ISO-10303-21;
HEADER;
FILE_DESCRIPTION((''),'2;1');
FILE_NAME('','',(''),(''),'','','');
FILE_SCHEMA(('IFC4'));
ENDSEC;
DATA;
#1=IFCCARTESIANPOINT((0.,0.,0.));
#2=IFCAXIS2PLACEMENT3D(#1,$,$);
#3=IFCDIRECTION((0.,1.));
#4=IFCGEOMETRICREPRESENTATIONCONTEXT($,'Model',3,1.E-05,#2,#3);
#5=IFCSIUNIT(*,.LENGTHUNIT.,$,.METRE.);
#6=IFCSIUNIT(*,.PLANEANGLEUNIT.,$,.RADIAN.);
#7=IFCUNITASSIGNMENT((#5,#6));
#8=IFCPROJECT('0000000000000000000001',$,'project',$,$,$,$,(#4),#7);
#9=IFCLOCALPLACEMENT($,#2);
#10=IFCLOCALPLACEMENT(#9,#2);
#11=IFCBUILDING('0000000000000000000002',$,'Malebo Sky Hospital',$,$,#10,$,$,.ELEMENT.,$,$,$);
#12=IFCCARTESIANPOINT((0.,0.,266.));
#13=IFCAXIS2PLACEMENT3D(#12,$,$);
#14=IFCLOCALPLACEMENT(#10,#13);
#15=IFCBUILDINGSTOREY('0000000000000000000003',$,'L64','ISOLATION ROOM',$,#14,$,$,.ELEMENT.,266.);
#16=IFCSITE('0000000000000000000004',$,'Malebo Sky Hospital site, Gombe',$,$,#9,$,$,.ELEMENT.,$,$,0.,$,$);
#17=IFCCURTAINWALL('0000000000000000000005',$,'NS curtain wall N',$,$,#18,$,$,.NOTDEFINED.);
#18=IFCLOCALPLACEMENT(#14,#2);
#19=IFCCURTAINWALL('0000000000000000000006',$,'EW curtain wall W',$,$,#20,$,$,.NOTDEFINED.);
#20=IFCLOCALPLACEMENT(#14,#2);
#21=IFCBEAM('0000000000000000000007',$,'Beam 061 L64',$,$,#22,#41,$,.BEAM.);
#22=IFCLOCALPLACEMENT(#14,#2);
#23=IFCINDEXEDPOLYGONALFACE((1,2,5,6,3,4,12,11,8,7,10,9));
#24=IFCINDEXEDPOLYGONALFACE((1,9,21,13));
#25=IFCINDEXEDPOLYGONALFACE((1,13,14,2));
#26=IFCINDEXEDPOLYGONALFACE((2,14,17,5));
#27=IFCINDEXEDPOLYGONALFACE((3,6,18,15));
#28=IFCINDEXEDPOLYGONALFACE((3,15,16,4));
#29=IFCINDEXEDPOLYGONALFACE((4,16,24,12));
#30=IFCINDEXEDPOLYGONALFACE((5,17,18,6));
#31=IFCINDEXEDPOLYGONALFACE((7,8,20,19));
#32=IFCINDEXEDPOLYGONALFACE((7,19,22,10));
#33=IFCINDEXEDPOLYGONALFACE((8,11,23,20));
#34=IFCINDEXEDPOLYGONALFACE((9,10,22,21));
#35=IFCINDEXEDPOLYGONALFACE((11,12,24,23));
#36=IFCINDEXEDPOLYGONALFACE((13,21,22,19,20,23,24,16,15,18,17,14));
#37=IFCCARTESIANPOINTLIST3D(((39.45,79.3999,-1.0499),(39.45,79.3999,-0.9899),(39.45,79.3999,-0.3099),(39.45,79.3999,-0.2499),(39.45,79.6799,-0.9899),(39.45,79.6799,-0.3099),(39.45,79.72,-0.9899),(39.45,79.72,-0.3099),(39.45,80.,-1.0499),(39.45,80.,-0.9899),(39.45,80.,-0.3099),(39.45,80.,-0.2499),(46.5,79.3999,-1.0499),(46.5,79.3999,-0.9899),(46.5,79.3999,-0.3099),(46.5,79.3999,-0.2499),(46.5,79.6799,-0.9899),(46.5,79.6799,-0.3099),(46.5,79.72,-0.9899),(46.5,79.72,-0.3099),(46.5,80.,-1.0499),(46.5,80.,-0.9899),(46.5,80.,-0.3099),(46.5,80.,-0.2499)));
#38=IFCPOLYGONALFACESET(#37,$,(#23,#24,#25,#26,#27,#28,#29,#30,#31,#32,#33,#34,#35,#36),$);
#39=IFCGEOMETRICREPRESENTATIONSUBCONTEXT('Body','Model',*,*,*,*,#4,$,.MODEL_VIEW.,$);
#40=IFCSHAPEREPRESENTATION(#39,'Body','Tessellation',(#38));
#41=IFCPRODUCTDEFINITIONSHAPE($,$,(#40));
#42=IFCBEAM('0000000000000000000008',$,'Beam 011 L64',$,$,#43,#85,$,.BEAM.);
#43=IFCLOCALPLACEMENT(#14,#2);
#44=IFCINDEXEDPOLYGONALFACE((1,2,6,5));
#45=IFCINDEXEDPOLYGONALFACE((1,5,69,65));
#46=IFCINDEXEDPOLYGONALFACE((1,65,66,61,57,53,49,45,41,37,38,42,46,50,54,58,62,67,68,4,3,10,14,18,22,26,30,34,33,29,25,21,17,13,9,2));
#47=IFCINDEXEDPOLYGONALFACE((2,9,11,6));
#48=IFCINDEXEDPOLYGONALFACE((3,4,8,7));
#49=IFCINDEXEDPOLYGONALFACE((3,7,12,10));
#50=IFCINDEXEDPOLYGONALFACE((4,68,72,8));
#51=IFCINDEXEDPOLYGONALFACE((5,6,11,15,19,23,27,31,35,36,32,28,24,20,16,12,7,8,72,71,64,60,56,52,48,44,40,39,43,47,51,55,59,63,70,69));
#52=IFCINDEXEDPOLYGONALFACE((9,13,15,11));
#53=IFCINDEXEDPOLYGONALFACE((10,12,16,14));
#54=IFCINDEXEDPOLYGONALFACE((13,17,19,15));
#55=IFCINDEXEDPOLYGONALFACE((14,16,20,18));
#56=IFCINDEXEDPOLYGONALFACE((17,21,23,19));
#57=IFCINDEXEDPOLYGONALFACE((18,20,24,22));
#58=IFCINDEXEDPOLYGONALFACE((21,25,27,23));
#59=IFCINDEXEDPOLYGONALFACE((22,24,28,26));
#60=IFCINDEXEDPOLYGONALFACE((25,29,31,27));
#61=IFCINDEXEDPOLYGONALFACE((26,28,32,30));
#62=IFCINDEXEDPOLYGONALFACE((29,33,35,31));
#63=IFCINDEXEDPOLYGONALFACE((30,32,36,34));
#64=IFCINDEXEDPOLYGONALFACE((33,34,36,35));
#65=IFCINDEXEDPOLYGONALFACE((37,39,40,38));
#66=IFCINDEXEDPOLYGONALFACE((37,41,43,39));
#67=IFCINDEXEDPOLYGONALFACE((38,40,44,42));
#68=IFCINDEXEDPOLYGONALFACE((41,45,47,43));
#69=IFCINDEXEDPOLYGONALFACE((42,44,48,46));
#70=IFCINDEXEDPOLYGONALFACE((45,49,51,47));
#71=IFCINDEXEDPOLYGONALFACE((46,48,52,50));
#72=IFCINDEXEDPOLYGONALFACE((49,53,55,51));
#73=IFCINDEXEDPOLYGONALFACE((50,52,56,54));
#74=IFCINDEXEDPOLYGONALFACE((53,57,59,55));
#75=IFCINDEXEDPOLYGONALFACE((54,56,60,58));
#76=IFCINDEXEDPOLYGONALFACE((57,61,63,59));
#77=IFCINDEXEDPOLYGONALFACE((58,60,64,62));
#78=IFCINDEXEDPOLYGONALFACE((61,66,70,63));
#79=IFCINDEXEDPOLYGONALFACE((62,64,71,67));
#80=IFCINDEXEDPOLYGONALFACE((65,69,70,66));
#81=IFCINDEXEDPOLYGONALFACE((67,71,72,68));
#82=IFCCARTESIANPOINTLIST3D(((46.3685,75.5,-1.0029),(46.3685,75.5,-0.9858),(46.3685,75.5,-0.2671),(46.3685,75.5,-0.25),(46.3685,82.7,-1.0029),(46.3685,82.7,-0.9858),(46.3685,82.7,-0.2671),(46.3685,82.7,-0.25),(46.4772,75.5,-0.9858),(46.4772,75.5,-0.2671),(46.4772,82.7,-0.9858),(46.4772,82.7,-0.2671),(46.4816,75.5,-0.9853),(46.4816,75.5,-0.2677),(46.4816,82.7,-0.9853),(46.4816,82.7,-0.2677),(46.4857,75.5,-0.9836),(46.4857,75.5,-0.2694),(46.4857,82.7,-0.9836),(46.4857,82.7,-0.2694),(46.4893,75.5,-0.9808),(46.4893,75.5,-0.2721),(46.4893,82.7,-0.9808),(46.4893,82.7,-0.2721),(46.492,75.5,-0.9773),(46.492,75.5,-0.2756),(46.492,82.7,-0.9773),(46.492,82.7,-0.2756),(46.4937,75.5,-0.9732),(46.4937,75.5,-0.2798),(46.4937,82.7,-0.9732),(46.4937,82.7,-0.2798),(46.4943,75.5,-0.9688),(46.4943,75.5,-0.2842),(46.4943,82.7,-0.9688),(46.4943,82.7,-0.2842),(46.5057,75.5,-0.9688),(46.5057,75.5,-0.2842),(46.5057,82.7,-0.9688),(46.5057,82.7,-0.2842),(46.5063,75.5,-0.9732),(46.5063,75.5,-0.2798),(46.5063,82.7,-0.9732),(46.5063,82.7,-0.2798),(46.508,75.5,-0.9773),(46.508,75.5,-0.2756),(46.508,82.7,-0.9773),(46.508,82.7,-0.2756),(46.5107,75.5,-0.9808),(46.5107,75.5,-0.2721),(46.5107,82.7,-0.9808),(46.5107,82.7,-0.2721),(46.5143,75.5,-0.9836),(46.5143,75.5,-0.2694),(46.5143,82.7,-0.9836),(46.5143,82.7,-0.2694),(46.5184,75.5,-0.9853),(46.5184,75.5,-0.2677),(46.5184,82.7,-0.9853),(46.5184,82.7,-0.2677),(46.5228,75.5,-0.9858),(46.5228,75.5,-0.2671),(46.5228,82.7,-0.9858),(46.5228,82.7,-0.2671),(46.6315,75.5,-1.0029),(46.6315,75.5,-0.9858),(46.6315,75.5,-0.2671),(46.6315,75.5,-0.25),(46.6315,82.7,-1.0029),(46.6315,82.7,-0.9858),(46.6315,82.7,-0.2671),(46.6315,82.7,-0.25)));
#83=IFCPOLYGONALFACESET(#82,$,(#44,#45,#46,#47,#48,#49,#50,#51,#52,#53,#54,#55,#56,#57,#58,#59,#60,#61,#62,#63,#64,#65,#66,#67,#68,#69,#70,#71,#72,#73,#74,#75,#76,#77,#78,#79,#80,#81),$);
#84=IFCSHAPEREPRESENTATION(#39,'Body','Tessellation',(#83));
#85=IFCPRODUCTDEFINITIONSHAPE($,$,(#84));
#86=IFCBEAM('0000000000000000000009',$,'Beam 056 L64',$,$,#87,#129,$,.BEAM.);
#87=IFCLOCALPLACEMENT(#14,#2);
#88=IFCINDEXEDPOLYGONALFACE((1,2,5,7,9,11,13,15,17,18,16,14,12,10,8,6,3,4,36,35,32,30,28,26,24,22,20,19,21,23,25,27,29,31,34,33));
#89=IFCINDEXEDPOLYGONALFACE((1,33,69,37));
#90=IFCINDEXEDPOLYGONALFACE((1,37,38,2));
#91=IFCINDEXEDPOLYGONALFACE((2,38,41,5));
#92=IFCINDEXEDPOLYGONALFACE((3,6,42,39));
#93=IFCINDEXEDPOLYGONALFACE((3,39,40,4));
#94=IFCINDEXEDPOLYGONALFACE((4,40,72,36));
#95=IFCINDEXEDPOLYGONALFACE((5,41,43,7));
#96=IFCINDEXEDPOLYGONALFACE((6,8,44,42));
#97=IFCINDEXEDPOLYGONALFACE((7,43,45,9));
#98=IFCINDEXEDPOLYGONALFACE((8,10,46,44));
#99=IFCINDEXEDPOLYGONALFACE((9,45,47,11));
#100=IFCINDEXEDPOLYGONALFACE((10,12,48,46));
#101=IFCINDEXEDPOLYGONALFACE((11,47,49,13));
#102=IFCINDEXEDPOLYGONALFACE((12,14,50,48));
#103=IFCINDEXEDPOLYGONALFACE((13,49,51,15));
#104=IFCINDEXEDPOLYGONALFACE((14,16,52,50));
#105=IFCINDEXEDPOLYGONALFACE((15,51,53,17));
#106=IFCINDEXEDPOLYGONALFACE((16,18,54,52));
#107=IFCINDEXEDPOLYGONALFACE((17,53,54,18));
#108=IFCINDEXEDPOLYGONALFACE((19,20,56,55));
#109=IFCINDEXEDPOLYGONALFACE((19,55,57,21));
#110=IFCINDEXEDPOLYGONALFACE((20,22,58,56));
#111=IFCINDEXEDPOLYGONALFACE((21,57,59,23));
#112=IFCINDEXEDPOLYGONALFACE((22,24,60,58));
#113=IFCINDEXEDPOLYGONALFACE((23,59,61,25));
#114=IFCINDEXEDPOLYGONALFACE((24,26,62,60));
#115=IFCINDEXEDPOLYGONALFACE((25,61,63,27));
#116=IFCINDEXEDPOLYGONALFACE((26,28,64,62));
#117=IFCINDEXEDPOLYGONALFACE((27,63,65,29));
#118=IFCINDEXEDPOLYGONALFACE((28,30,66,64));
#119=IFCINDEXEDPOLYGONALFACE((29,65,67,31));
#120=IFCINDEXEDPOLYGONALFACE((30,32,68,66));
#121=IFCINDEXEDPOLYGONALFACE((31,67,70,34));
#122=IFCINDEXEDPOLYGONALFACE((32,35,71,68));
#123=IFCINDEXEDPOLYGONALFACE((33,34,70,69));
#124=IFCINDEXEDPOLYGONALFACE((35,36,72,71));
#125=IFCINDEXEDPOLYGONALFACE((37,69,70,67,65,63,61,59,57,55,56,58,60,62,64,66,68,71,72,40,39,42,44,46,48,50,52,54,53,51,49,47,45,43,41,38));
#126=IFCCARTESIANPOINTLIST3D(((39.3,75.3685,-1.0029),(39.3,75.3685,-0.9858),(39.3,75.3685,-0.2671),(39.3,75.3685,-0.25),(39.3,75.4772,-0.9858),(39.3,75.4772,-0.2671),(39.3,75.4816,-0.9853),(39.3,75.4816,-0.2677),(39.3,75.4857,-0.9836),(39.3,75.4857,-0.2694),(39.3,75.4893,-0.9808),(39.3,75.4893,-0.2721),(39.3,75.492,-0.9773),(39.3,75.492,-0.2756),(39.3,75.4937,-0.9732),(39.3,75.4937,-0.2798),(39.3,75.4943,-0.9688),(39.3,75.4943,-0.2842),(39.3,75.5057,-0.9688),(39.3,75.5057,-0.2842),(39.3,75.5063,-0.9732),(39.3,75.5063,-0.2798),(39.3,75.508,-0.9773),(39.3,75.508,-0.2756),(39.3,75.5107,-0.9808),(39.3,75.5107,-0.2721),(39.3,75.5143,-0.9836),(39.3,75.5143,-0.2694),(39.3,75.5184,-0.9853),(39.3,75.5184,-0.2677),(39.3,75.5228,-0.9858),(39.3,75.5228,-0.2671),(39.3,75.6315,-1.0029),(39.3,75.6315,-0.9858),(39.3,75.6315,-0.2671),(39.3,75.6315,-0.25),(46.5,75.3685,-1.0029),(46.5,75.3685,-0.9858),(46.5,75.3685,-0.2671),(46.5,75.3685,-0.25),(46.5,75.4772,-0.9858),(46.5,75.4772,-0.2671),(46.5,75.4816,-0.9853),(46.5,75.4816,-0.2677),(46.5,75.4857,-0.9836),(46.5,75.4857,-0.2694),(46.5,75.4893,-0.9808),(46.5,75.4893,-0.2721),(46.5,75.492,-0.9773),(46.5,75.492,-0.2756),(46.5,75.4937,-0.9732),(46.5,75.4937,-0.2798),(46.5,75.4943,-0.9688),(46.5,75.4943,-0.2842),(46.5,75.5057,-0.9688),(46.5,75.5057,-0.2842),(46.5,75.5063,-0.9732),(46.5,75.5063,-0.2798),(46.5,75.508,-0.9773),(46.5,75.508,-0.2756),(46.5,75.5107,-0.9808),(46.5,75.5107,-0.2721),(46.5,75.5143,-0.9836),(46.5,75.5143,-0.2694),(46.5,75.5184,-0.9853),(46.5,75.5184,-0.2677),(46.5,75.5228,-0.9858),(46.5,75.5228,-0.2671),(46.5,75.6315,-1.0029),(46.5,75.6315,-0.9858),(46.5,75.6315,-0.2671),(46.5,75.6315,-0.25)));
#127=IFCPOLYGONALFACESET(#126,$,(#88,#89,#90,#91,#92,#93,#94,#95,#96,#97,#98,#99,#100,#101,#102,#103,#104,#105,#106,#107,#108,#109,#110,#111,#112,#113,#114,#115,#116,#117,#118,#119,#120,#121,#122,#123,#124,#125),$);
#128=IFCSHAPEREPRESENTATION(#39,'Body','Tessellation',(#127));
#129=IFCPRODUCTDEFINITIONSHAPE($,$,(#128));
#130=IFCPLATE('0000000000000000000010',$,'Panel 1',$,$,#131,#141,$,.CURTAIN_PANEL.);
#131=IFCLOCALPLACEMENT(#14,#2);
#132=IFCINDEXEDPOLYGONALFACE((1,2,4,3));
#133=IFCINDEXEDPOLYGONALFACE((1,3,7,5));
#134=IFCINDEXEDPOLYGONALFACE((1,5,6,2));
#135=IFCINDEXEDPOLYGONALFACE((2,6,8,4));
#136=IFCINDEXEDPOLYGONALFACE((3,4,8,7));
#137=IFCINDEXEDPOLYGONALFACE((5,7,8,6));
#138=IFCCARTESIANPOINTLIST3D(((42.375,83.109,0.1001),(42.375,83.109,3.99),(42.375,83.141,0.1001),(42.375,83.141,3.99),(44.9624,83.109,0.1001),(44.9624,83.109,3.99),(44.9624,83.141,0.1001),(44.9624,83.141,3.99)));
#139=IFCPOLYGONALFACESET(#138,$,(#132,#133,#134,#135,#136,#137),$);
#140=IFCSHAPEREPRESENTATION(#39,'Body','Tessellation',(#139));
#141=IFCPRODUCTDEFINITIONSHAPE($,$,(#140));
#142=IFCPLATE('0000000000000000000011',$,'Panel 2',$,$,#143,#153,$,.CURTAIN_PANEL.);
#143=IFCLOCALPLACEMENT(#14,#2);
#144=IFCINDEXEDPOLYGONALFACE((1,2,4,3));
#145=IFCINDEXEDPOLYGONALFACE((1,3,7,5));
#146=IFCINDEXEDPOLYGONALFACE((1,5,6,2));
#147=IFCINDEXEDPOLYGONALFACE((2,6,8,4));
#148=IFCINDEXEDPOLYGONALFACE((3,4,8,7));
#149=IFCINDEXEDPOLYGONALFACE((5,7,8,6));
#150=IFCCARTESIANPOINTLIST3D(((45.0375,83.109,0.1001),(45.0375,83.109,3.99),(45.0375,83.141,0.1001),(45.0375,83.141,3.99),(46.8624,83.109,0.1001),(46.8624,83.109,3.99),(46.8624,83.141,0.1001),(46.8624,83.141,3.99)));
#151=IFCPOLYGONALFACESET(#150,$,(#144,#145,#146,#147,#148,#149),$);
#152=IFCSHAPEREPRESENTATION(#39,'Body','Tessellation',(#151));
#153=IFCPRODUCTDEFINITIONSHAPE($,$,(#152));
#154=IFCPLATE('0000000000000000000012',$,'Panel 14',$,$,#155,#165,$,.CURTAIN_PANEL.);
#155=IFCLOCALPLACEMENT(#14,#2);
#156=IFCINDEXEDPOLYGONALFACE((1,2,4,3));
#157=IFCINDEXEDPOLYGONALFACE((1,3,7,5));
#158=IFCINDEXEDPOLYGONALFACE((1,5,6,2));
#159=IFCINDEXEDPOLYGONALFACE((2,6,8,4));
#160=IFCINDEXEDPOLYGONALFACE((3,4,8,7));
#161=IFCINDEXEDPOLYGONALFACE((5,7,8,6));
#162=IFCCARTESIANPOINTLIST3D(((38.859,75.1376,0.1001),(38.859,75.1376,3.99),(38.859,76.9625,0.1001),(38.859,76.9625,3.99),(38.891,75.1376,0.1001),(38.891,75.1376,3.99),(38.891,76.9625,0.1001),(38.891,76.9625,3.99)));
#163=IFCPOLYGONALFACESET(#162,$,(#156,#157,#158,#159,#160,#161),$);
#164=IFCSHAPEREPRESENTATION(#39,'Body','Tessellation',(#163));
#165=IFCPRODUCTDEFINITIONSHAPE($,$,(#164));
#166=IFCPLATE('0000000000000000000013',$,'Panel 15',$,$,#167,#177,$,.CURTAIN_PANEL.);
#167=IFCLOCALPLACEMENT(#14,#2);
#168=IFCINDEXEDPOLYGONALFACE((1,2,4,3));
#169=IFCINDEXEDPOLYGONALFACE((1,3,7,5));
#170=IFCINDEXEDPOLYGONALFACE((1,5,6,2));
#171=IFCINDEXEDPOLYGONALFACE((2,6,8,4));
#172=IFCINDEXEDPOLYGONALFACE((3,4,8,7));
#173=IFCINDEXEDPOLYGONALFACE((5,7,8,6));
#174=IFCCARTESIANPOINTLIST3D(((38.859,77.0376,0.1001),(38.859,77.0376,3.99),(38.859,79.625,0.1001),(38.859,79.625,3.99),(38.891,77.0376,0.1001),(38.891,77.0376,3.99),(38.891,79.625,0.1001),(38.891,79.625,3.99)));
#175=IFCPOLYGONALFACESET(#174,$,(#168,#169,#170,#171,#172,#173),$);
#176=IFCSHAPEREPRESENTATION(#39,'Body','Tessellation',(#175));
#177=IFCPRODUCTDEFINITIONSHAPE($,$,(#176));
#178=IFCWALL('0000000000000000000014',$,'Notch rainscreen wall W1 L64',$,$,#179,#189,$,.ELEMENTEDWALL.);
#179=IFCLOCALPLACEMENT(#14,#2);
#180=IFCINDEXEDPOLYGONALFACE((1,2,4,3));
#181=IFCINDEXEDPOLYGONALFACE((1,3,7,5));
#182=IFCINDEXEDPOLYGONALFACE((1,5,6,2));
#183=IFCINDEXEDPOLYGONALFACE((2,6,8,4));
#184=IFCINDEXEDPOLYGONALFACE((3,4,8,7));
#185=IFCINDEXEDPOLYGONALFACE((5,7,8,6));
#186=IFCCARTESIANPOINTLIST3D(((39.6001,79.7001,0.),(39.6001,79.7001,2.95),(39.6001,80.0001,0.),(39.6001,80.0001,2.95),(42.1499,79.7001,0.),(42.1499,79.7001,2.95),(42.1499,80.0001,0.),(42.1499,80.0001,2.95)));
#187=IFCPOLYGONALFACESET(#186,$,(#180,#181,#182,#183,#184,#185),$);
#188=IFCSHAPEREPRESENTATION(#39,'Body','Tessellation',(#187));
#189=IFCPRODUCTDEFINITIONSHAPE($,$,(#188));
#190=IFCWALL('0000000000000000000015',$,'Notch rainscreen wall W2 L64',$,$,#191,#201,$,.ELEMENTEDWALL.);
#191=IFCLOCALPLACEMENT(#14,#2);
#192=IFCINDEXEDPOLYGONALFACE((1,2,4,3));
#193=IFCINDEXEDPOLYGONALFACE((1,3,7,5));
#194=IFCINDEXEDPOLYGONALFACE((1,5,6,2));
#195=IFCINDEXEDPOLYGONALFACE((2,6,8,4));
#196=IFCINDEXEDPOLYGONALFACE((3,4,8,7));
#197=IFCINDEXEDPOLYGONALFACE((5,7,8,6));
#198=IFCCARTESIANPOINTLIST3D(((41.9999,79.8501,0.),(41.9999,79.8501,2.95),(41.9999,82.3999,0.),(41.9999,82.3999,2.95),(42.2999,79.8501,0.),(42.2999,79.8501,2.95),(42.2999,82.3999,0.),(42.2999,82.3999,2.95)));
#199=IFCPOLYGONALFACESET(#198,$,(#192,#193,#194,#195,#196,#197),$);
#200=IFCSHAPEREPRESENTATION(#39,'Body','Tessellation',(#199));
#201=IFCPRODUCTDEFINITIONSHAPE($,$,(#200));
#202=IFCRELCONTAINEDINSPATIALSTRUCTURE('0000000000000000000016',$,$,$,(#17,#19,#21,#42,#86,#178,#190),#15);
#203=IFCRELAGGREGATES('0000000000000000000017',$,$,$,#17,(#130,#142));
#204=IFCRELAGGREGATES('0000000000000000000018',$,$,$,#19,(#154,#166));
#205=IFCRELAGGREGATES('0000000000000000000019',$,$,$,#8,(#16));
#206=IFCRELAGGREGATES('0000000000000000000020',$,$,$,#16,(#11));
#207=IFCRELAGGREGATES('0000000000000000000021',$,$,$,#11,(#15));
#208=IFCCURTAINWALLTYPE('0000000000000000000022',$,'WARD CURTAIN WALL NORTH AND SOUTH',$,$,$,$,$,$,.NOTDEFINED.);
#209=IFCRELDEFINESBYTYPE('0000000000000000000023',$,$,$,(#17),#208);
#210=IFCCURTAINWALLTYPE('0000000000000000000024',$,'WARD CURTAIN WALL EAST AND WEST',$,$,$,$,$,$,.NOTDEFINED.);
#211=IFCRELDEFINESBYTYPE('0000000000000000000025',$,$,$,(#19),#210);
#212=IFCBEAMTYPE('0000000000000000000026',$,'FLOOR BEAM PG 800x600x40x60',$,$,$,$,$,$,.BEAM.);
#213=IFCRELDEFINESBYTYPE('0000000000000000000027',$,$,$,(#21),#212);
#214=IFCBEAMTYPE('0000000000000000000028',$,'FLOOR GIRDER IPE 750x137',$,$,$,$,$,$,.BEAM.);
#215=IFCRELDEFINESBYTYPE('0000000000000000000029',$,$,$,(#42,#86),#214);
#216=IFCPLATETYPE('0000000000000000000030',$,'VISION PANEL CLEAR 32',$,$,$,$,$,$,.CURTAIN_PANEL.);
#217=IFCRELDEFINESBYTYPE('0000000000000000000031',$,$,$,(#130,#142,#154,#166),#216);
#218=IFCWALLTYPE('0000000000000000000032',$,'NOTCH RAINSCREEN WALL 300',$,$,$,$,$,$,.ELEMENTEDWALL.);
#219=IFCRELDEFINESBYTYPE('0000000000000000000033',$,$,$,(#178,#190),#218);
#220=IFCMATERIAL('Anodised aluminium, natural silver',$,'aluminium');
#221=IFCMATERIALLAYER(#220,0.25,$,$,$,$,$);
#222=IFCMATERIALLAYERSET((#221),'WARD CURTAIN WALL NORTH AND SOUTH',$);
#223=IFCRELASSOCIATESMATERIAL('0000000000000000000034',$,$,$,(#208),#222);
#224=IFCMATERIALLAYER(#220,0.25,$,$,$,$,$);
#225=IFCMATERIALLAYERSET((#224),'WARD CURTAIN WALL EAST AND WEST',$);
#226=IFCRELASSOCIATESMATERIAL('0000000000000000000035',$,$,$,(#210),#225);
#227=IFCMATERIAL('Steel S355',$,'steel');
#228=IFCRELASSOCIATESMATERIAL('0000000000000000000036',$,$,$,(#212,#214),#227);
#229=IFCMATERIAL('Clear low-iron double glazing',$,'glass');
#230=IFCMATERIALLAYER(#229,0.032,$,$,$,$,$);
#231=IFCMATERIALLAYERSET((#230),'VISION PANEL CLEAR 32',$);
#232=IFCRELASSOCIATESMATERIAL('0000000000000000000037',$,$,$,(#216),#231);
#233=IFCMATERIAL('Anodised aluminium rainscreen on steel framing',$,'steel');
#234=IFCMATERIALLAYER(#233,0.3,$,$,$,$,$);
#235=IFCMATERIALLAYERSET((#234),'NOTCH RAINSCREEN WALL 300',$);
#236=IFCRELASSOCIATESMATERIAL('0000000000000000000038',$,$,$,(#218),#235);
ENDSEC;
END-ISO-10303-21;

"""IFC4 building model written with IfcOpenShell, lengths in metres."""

from ifc_helpers import new_model, si_unit, direction, frame, frame_2d, origin, origin_2d, place, context, subcontext, project, spatial, rectangle, i_section, extrude, material, layer, layer_set, material_profile, profile_set, type_object, element, aggregate, save


model = new_model("IFC4")

# Units and contexts
model_context = context("Model", 3, precision=1e-05, world=origin(), true_north=direction((0.0, 1.0)))
body_context = subcontext(model_context, "Body", "Model", "MODEL_VIEW")
ifc_project = project(units=[si_unit("LENGTHUNIT", "METRE"), si_unit("PLANEANGLEUNIT", "RADIAN")], contexts=[model_context])

# Site, building, storey
site_placement = place(None, origin())
site = spatial("IfcSite", under=ifc_project, at=site_placement, Name="Malebo Sky Hospital site, Gombe", CompositionType="ELEMENT", RefElevation=0.0)
building_placement = place(site_placement, origin())
building = spatial("IfcBuilding", under=site, at=building_placement, Name="Malebo Sky Hospital", CompositionType="ELEMENT")
storey_placement = place(building_placement, frame((0.0, 0.0, 266.0)))
storey = spatial("IfcBuildingStorey", under=building, at=storey_placement, Name="L64", Description="ISOLATION ROOM", CompositionType="ELEMENT", Elevation=266.0)

# Curtain walls
ifc_material_1 = material(Name="Anodised aluminium, natural silver", Category="aluminium")
ifc_layer_1 = layer(ifc_material_1, 0.25)
ifc_layer_set_1 = layer_set([ifc_layer_1], Name="WARD CURTAIN WALL NORTH AND SOUTH")
curtain_wall_type_1 = type_object("IfcCurtainWallType", Name="WARD CURTAIN WALL NORTH AND SOUTH", PredefinedType="NOTDEFINED", material=ifc_layer_set_1)
curtain_wall_1_placement = place(storey_placement, origin())
curtain_wall_1 = element("IfcCurtainWall", 1, at=curtain_wall_1_placement, inside=storey, type_object=curtain_wall_type_1, Name="NS curtain wall N", PredefinedType="NOTDEFINED")
ifc_layer_2 = layer(ifc_material_1, 0.25)
ifc_layer_set_2 = layer_set([ifc_layer_2], Name="WARD CURTAIN WALL EAST AND WEST")
curtain_wall_type_2 = type_object("IfcCurtainWallType", Name="WARD CURTAIN WALL EAST AND WEST", PredefinedType="NOTDEFINED", material=ifc_layer_set_2)
curtain_wall_2_placement = place(storey_placement, origin())
curtain_wall_2 = element("IfcCurtainWall", 2, at=curtain_wall_2_placement, inside=storey, type_object=curtain_wall_type_2, Name="EW curtain wall W", PredefinedType="NOTDEFINED")

# Beams
ifc_material_2 = material(Name="Steel S355", Category="steel")
ifc_material_profile_1 = material_profile(ifc_material_2, i_section(OverallWidth=0.6001, OverallDepth=0.8, WebThickness=0.04, FlangeThickness=0.0601, at=origin_2d()), Name="PG 800x600x40x60")
ifc_profile_set_1 = profile_set([ifc_material_profile_1], Name="Steel S355")
beam_type_1 = type_object("IfcBeamType", Name="FLOOR BEAM PG 800x600x40x60", PredefinedType="BEAM", material=ifc_profile_set_1)
for number, where, z_axis, x_axis, name in (
    (3, (39.45, 79.7, -0.6499), (1.0, 0.0, 0.0), (0.0, 1.0, 0.0), "Beam 061 L64"),
):
    element("IfcBeam", number, at=place(storey_placement, frame(where, z_axis=z_axis, x_axis=x_axis)), inside=storey, type_object=beam_type_1, Name=name, PredefinedType="BEAM", context=body_context, shape_type="SweptSolid", body=[
        extrude(i_section(OverallWidth=0.6001, OverallDepth=0.8, WebThickness=0.04, FlangeThickness=0.0601, at=origin_2d()), origin(), (0.0, 0.0, 1.0), 7.05),
    ])
ifc_material_profile_2 = material_profile(ifc_material_2, i_section(OverallWidth=0.2629, OverallDepth=0.7529, WebThickness=0.0115, FlangeThickness=0.0171, FilletRadius=0.0171, at=origin_2d()), Name="IPE 750x137")
ifc_profile_set_2 = profile_set([ifc_material_profile_2], Name="Steel S355")
beam_type_2 = type_object("IfcBeamType", Name="FLOOR GIRDER IPE 750x137", PredefinedType="BEAM", material=ifc_profile_set_2)
for number, where, z_axis, x_axis, name in (
    (4, (46.5, 75.5, -0.6265), (0.0, 1.0, 0.0), (-1.0, 0.0, 0.0), "Beam 011 L64"),
    (5, (39.3, 75.5, -0.6265), (1.0, 0.0, 0.0), (0.0, 1.0, 0.0), "Beam 056 L64"),
):
    element("IfcBeam", number, at=place(storey_placement, frame(where, z_axis=z_axis, x_axis=x_axis)), inside=storey, type_object=beam_type_2, Name=name, PredefinedType="BEAM", context=body_context, shape_type="SweptSolid", body=[
        extrude(i_section(OverallWidth=0.2629, OverallDepth=0.7529, WebThickness=0.0115, FlangeThickness=0.0171, FilletRadius=0.0171, at=origin_2d()), origin(), (0.0, 0.0, 1.0), 7.2),
    ])

# Plates
ifc_material_3 = material(Name="Clear low-iron double glazing", Category="glass")
ifc_layer_3 = layer(ifc_material_3, 0.032)
ifc_layer_set_3 = layer_set([ifc_layer_3], Name="VISION PANEL CLEAR 32")
plate_type = type_object("IfcPlateType", Name="VISION PANEL CLEAR 32", PredefinedType="CURTAIN_PANEL", material=ifc_layer_set_3)
plate_1_placement = place(storey_placement, frame((43.6687, 83.125, 0.1001), z_axis=(0.0, 0.0, 1.0), x_axis=(1.0, 0.0, 0.0)))
plate_1 = element("IfcPlate", 6, at=plate_1_placement, type_object=plate_type, Name="Panel 1", PredefinedType="CURTAIN_PANEL", context=body_context, shape_type="SweptSolid", body=[
    extrude(rectangle(XDim=2.5874, YDim=0.032, at=origin_2d()), origin(), (0.0, 0.0, 1.0), 3.8899),
])
plate_2_placement = place(storey_placement, frame((45.95, 83.125, 0.1001), z_axis=(0.0, 0.0, 1.0), x_axis=(1.0, 0.0, 0.0)))
plate_2 = element("IfcPlate", 7, at=plate_2_placement, type_object=plate_type, Name="Panel 2", PredefinedType="CURTAIN_PANEL", context=body_context, shape_type="SweptSolid", body=[
    extrude(rectangle(XDim=1.825, YDim=0.032, at=origin_2d()), origin(), (0.0, 0.0, 1.0), 3.8899),
])
aggregate(curtain_wall_1, [plate_1, plate_2])
plate_3_placement = place(storey_placement, frame((38.875, 76.05, 0.1001), z_axis=(0.0, 0.0, 1.0), x_axis=(0.0, 1.0, 0.0)))
plate_3 = element("IfcPlate", 8, at=plate_3_placement, type_object=plate_type, Name="Panel 14", PredefinedType="CURTAIN_PANEL", context=body_context, shape_type="SweptSolid", body=[
    extrude(rectangle(XDim=1.825, YDim=0.032, at=origin_2d()), origin(), (0.0, 0.0, 1.0), 3.8899),
])
plate_4_placement = place(storey_placement, frame((38.875, 78.3313, 0.1001), z_axis=(0.0, 0.0, 1.0), x_axis=(0.0, 1.0, 0.0)))
plate_4 = element("IfcPlate", 9, at=plate_4_placement, type_object=plate_type, Name="Panel 15", PredefinedType="CURTAIN_PANEL", context=body_context, shape_type="SweptSolid", body=[
    extrude(rectangle(XDim=2.5874, YDim=0.032, at=origin_2d()), origin(), (0.0, 0.0, 1.0), 3.8899),
])
aggregate(curtain_wall_2, [plate_3, plate_4])

# Walls
ifc_material_4 = material(Name="Anodised aluminium rainscreen on steel framing", Category="steel")
ifc_layer_4 = layer(ifc_material_4, 0.3)
ifc_layer_set_4 = layer_set([ifc_layer_4], Name="NOTCH RAINSCREEN WALL 300")
wall_type = type_object("IfcWallType", Name="NOTCH RAINSCREEN WALL 300", PredefinedType="ELEMENTEDWALL", material=ifc_layer_set_4)
for number, where, z_axis, x_axis, name in (
    (10, (39.6001, 79.8501, 0.0), (0.0, 0.0, 1.0), (1.0, 0.0, 0.0), "Notch rainscreen wall W1 L64"),
    (11, (42.1499, 79.8501, 0.0), (0.0, 0.0, 1.0), (0.0, 1.0, 0.0), "Notch rainscreen wall W2 L64"),
):
    element("IfcWall", number, at=place(storey_placement, frame(where, z_axis=z_axis, x_axis=x_axis)), inside=storey, type_object=wall_type, Name=name, PredefinedType="ELEMENTEDWALL", context=body_context, shape_type="SweptSolid", body=[
        extrude(rectangle(XDim=2.5498, YDim=0.3, at=frame_2d((1.2749, 0.0))), origin(), (0.0, 0.0, 1.0), 2.95),
    ])

save(model, "model.ifc")
